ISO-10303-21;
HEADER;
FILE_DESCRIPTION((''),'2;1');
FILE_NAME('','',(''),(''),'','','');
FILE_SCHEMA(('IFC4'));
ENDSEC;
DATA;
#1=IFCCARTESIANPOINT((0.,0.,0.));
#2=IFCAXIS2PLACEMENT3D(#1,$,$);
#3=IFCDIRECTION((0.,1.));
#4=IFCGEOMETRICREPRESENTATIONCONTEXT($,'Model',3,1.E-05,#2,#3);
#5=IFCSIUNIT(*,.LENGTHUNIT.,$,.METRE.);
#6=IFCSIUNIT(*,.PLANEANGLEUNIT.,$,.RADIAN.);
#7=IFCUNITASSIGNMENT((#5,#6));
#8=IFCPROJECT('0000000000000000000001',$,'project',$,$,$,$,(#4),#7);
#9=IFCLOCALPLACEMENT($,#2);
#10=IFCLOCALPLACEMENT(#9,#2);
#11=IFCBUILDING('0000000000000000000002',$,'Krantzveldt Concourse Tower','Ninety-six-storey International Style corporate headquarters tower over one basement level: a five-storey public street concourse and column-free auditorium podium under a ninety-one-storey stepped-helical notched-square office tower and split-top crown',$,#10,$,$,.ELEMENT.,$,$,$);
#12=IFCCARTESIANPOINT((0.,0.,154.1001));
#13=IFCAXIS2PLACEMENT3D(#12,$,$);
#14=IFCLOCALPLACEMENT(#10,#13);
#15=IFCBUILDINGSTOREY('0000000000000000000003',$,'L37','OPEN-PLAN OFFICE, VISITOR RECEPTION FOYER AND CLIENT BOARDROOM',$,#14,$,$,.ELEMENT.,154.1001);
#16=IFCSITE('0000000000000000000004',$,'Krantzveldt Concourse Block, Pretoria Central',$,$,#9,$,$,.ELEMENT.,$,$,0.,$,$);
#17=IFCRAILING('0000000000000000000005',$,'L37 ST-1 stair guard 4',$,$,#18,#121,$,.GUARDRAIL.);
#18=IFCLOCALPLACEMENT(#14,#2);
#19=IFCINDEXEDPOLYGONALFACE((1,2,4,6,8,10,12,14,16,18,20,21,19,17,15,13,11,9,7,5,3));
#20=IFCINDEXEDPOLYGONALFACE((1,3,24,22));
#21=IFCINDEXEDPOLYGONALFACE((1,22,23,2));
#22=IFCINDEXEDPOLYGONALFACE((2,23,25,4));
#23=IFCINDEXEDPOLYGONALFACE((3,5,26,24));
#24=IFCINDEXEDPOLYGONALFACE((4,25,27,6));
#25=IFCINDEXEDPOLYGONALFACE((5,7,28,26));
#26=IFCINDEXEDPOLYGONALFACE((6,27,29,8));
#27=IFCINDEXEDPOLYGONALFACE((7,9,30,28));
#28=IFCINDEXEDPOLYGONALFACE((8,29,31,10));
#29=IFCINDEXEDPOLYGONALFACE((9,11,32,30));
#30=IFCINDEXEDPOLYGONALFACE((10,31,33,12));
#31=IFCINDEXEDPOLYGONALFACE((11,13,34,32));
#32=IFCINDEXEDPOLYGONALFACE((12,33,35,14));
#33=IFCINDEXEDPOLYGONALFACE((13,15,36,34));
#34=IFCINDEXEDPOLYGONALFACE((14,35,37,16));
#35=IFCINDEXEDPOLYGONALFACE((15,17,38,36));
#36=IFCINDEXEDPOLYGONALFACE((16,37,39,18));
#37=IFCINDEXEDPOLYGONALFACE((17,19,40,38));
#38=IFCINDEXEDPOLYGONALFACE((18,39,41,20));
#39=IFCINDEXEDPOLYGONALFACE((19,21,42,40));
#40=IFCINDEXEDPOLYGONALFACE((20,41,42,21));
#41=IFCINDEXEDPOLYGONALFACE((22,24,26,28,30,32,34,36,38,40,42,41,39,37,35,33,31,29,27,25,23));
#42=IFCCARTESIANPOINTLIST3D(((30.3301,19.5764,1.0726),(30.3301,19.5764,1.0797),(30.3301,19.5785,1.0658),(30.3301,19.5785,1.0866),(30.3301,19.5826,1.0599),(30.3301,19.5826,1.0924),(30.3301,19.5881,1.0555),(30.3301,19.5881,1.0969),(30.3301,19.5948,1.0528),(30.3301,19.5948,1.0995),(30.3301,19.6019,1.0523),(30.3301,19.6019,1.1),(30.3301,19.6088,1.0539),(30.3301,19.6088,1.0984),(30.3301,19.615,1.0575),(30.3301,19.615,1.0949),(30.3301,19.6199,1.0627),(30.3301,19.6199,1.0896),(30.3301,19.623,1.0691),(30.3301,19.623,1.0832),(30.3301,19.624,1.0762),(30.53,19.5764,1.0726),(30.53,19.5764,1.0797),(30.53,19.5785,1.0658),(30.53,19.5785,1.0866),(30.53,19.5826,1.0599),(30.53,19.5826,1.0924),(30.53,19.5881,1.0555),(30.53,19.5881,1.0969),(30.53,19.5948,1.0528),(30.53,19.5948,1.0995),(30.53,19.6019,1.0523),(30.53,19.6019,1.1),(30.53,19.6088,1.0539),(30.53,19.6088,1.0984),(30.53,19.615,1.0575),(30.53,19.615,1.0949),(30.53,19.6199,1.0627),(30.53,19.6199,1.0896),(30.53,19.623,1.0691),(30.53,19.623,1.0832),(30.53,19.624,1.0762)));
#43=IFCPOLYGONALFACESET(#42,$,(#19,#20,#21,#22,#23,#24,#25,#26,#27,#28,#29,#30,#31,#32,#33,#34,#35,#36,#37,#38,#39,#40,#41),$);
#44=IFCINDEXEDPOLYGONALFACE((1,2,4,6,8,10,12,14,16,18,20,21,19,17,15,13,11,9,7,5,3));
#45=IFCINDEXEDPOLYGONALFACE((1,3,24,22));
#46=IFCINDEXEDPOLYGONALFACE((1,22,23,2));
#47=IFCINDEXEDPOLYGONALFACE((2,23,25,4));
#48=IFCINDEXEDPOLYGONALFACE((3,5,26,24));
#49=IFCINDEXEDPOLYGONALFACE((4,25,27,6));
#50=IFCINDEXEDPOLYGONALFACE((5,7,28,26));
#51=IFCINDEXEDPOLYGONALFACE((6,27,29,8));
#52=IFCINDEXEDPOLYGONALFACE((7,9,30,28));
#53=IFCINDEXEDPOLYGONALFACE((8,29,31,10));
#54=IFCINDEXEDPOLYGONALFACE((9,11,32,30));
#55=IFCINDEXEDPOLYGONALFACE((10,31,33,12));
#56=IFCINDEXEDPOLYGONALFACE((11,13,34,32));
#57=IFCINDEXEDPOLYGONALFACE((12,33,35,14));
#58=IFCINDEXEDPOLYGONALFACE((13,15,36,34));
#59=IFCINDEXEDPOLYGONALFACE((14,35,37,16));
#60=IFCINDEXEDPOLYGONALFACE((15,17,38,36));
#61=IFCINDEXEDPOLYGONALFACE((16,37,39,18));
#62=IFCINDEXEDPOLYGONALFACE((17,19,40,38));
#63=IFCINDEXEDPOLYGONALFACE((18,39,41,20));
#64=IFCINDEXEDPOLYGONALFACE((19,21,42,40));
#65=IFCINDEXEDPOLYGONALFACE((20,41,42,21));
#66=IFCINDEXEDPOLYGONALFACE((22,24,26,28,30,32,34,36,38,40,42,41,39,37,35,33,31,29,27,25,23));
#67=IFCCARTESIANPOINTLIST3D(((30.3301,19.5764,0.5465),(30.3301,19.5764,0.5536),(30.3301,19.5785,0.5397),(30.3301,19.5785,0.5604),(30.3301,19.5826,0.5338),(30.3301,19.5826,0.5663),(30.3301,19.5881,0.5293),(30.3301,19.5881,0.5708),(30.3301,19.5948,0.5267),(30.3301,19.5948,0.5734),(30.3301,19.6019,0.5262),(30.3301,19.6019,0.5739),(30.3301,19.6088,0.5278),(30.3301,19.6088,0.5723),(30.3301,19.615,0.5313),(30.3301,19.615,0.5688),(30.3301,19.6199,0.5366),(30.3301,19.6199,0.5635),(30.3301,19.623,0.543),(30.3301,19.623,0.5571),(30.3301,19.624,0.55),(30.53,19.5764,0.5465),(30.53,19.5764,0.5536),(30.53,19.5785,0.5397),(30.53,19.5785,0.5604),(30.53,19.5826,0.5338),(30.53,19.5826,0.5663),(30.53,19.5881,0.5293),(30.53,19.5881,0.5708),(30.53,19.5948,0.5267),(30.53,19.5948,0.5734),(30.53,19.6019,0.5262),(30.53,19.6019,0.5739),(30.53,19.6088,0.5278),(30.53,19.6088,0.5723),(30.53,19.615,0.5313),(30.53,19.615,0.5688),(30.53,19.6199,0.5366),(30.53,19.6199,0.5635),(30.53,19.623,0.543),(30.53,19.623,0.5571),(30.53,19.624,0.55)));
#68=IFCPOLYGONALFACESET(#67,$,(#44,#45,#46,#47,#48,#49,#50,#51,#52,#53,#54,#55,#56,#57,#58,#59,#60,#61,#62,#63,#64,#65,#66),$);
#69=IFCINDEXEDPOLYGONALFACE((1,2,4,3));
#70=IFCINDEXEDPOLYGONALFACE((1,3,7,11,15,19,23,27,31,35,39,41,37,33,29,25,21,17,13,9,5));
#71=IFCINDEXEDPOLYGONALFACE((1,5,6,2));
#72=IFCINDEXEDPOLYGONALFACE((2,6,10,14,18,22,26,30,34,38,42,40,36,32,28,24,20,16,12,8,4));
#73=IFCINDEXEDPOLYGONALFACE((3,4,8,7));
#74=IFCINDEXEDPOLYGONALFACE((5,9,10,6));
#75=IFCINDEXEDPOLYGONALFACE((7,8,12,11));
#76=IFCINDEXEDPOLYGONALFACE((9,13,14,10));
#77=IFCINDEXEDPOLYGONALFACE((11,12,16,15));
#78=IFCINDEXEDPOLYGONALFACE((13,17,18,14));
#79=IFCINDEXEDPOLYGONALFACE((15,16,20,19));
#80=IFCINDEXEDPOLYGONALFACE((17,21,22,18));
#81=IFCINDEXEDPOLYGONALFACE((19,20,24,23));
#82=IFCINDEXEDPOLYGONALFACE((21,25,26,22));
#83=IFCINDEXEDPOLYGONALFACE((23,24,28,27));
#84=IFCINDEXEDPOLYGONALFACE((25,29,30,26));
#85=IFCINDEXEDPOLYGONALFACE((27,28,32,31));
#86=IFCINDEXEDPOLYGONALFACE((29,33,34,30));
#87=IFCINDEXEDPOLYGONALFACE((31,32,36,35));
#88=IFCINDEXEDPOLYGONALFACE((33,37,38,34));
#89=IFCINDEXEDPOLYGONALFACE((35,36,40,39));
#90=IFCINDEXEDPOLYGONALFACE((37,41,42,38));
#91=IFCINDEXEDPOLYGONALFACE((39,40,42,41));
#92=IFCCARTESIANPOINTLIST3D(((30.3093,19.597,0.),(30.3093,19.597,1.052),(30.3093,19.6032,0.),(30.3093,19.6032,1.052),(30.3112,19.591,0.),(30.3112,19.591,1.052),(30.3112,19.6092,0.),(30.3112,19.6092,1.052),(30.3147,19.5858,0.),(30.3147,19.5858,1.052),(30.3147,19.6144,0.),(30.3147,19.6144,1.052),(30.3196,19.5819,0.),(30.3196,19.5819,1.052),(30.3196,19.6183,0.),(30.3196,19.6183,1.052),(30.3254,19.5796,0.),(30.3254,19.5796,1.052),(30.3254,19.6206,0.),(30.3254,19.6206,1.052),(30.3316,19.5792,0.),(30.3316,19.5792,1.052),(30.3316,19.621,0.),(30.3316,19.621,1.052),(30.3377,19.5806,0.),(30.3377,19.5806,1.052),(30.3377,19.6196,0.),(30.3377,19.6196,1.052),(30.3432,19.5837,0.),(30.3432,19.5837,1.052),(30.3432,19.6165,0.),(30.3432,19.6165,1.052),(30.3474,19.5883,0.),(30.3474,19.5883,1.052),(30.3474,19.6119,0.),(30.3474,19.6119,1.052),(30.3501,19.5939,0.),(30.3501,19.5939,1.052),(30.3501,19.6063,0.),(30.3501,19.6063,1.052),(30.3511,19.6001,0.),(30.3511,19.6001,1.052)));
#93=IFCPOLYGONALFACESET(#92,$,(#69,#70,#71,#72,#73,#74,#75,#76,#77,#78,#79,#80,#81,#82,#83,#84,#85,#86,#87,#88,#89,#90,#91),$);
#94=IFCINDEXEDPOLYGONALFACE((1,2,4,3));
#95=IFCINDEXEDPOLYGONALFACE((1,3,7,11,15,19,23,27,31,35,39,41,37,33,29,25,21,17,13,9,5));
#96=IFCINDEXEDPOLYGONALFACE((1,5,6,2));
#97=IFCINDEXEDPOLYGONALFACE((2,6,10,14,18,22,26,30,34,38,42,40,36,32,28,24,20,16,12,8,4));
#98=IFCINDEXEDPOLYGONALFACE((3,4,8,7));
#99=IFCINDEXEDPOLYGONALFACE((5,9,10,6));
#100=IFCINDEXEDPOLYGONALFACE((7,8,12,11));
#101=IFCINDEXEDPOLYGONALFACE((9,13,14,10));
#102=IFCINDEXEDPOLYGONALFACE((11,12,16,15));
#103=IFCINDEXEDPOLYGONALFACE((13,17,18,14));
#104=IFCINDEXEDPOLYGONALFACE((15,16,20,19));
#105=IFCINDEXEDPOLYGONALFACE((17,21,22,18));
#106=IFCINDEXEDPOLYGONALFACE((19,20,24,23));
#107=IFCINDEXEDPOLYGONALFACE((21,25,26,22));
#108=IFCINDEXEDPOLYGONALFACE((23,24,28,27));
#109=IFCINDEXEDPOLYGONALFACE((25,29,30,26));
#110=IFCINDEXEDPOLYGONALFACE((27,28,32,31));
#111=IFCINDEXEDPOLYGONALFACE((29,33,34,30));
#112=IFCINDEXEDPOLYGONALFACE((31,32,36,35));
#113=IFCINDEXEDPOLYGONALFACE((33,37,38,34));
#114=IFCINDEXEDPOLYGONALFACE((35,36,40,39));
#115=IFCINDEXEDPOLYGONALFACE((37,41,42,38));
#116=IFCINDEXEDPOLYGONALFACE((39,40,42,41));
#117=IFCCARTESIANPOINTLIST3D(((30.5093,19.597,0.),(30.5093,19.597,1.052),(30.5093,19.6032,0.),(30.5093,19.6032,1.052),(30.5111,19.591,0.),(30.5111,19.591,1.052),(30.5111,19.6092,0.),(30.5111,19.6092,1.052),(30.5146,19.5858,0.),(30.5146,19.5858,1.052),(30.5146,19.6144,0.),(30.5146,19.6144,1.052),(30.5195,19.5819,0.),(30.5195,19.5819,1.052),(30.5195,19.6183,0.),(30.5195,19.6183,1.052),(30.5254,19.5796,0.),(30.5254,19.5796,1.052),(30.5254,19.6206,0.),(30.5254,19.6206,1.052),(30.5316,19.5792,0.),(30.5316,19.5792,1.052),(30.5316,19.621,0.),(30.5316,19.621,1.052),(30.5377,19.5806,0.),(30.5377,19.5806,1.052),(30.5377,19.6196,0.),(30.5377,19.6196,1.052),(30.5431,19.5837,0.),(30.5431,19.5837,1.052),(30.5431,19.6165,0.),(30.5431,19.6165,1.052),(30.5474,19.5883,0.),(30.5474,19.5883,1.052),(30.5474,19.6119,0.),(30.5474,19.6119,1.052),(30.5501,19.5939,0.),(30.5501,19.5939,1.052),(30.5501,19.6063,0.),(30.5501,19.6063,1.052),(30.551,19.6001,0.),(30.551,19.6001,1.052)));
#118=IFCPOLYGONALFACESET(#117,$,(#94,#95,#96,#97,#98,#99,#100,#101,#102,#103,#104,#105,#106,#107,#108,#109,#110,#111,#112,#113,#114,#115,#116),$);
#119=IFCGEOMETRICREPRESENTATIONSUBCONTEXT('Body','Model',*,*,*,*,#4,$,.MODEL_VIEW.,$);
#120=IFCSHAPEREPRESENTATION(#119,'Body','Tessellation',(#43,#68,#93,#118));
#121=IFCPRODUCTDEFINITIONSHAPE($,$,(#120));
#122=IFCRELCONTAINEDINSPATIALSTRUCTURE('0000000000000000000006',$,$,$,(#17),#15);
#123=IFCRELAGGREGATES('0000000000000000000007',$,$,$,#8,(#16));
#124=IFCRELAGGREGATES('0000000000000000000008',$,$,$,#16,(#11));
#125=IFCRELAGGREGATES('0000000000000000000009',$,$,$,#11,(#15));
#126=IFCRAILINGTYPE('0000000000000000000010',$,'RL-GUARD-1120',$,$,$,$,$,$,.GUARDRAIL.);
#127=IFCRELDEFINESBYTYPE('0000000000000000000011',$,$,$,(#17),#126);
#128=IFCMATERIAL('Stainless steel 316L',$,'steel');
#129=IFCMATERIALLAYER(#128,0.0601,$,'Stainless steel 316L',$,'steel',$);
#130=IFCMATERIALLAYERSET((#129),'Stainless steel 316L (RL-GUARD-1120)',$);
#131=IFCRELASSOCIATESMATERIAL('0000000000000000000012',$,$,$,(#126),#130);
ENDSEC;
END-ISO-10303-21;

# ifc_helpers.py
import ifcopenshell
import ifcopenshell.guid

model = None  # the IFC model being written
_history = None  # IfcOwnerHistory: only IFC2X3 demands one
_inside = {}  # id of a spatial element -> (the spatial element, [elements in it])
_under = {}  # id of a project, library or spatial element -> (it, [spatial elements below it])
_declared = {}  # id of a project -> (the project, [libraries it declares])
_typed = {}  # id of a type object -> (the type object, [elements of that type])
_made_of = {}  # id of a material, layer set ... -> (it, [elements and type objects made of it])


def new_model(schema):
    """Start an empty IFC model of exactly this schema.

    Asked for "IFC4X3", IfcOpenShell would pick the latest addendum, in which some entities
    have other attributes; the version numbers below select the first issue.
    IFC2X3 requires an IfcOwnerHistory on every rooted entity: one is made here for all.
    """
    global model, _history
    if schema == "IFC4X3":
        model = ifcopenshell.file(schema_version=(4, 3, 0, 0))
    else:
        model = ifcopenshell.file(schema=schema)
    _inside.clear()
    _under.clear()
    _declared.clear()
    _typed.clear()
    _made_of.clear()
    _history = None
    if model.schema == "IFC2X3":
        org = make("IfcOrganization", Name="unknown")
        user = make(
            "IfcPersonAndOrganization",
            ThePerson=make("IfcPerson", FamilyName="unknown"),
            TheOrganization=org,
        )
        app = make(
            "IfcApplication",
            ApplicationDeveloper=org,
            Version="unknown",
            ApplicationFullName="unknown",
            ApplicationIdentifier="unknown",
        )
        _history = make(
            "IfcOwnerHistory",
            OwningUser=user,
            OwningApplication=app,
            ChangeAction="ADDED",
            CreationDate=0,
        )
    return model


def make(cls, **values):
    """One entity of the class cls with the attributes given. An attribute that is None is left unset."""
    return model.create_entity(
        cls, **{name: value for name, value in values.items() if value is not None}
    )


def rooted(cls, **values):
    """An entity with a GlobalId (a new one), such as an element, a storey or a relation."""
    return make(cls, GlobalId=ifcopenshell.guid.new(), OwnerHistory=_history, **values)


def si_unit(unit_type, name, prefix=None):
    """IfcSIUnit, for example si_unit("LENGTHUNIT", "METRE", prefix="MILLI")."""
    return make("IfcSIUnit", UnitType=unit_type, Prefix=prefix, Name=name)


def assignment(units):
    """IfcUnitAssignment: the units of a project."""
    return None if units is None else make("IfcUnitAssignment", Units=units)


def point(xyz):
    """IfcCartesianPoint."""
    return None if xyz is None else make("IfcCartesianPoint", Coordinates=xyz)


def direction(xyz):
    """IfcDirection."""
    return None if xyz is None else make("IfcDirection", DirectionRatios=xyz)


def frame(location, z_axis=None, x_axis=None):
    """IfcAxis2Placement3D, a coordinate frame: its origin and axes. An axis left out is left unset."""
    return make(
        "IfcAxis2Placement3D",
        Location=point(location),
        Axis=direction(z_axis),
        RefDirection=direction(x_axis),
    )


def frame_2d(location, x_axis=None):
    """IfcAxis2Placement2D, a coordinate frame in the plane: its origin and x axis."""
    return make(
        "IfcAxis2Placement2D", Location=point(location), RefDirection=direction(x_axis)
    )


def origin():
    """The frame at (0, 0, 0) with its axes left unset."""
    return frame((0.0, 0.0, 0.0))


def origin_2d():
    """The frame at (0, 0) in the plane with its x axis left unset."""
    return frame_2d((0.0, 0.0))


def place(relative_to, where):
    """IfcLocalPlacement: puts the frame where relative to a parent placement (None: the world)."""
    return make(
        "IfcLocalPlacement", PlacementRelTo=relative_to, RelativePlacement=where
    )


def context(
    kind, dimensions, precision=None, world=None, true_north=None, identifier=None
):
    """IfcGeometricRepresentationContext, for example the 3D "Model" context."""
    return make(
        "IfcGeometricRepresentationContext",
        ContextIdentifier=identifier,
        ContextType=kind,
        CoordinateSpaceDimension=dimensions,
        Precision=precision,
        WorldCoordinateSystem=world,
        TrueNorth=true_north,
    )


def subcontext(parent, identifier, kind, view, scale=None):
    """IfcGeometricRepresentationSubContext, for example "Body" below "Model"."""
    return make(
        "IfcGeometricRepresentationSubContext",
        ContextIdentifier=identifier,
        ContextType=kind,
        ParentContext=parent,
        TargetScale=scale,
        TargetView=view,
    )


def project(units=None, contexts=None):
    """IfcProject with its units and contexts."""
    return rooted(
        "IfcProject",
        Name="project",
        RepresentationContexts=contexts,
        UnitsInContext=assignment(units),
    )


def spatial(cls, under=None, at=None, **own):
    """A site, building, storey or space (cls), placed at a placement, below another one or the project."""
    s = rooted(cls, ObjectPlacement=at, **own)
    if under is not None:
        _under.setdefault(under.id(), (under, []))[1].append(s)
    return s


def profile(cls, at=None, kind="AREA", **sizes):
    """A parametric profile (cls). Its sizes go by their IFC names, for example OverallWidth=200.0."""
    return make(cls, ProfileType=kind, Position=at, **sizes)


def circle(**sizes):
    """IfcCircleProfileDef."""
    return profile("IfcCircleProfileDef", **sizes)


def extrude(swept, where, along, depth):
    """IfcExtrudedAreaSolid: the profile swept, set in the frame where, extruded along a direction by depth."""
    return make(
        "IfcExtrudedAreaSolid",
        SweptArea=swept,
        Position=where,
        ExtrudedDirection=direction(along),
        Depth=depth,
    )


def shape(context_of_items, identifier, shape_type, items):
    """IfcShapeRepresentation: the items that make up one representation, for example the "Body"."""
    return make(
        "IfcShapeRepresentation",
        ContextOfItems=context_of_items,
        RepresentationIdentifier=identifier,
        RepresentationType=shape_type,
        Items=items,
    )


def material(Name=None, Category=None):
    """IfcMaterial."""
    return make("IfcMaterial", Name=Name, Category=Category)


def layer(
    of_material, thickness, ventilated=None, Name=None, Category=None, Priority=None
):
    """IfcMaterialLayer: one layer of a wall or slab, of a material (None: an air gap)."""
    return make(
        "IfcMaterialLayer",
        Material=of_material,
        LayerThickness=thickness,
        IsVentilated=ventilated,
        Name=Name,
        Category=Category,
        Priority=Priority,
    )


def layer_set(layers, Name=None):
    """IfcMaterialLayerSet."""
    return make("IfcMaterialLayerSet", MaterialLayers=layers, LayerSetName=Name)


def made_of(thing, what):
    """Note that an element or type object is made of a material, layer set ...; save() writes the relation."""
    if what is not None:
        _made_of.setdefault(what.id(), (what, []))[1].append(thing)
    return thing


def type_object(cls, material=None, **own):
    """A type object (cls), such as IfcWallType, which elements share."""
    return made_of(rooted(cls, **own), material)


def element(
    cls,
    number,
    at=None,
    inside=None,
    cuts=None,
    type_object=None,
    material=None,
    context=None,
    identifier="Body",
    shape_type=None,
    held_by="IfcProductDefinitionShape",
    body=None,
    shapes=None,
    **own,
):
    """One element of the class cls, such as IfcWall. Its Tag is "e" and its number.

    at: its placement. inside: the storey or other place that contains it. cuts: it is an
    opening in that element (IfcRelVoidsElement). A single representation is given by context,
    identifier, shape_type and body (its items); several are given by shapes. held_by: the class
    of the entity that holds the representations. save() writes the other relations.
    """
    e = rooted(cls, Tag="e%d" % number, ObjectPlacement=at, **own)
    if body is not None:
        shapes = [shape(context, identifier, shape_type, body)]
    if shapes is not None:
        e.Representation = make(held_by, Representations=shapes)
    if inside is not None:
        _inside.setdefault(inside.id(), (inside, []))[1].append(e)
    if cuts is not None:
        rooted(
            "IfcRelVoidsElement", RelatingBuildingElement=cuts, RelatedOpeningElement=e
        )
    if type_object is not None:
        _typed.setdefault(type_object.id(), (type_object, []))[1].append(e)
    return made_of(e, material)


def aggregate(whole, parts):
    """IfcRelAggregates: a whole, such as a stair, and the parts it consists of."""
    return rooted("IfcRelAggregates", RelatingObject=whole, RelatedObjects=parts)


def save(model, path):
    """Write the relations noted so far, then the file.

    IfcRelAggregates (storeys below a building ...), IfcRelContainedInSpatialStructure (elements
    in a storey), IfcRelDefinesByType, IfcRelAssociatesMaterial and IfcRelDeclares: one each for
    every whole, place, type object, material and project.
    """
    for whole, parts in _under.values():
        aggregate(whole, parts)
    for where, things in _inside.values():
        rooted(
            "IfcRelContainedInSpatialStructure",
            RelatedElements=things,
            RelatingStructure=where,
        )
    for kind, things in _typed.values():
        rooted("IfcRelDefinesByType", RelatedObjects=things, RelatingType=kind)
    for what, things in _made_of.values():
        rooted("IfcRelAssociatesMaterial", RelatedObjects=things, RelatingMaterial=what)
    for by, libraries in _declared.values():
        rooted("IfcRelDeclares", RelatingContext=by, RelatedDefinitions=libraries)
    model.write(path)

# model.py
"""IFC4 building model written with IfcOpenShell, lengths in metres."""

from ifc_helpers import new_model, si_unit, direction, frame, origin, origin_2d, place, context, subcontext, project, spatial, circle, extrude, material, layer, layer_set, type_object, element, save


model = new_model("IFC4")

# Units and contexts
model_context = context("Model", 3, precision=1e-05, world=origin(), true_north=direction((0.0, 1.0)))
body_context = subcontext(model_context, "Body", "Model", "MODEL_VIEW")
ifc_project = project(units=[si_unit("LENGTHUNIT", "METRE"), si_unit("PLANEANGLEUNIT", "RADIAN")], contexts=[model_context])

# Site, building, storey
site_placement = place(None, origin())
site = spatial("IfcSite", under=ifc_project, at=site_placement, Name="Krantzveldt Concourse Block, Pretoria Central", CompositionType="ELEMENT", RefElevation=0.0)
building_placement = place(site_placement, origin())
building = spatial("IfcBuilding", under=site, at=building_placement, Name="Krantzveldt Concourse Tower", Description="Ninety-six-storey International Style corporate headquarters tower over one basement level: a five-storey public street concourse and column-free auditorium podium under a ninety-one-storey stepped-helical notched-square office tower and split-top crown", CompositionType="ELEMENT")
storey_placement = place(building_placement, frame((0.0, 0.0, 154.1001)))
storey = spatial("IfcBuildingStorey", under=building, at=storey_placement, Name="L37", Description="OPEN-PLAN OFFICE, VISITOR RECEPTION FOYER AND CLIENT BOARDROOM", CompositionType="ELEMENT", Elevation=154.1001)

# Railing
ifc_material_1 = material(Name="Stainless steel 316L", Category="steel")
ifc_layer_1 = layer(ifc_material_1, 0.0601, Name="Stainless steel 316L", Category="steel")
ifc_layer_set_1 = layer_set([ifc_layer_1], Name="Stainless steel 316L (RL-GUARD-1120)")
railing_type_1 = type_object("IfcRailingType", Name="RL-GUARD-1120", PredefinedType="GUARDRAIL", material=ifc_layer_set_1)
railing_1_placement = place(storey_placement, frame((30.3301, 19.6001, 0.0)))
element("IfcRailing", 1, at=railing_1_placement, inside=storey, type_object=railing_type_1, Name="L37 ST-1 stair guard 4", PredefinedType="GUARDRAIL", context=body_context, shape_type="SweptSolid", body=[
    extrude(circle(Radius=0.0239, at=origin_2d()), frame((0.0, 0.0, 1.0762), z_axis=(1.0, 0.0, 0.0), x_axis=(0.0, 1.0, 0.0)), (0.0, 0.0, 1.0), 0.2),
    extrude(circle(Radius=0.0239, at=origin_2d()), frame((0.0, 0.0, 0.55), z_axis=(1.0, 0.0, 0.0), x_axis=(0.0, 1.0, 0.0)), (0.0, 0.0, 1.0), 0.2),
    extrude(circle(Radius=0.021, at=origin_2d()), origin(), (0.0, 0.0, 1.0), 1.052),
    extrude(circle(Radius=0.021, at=origin_2d()), frame((0.2, 0.0, 0.0)), (0.0, 0.0, 1.0), 1.052),
])

save(model, "model.ifc")
